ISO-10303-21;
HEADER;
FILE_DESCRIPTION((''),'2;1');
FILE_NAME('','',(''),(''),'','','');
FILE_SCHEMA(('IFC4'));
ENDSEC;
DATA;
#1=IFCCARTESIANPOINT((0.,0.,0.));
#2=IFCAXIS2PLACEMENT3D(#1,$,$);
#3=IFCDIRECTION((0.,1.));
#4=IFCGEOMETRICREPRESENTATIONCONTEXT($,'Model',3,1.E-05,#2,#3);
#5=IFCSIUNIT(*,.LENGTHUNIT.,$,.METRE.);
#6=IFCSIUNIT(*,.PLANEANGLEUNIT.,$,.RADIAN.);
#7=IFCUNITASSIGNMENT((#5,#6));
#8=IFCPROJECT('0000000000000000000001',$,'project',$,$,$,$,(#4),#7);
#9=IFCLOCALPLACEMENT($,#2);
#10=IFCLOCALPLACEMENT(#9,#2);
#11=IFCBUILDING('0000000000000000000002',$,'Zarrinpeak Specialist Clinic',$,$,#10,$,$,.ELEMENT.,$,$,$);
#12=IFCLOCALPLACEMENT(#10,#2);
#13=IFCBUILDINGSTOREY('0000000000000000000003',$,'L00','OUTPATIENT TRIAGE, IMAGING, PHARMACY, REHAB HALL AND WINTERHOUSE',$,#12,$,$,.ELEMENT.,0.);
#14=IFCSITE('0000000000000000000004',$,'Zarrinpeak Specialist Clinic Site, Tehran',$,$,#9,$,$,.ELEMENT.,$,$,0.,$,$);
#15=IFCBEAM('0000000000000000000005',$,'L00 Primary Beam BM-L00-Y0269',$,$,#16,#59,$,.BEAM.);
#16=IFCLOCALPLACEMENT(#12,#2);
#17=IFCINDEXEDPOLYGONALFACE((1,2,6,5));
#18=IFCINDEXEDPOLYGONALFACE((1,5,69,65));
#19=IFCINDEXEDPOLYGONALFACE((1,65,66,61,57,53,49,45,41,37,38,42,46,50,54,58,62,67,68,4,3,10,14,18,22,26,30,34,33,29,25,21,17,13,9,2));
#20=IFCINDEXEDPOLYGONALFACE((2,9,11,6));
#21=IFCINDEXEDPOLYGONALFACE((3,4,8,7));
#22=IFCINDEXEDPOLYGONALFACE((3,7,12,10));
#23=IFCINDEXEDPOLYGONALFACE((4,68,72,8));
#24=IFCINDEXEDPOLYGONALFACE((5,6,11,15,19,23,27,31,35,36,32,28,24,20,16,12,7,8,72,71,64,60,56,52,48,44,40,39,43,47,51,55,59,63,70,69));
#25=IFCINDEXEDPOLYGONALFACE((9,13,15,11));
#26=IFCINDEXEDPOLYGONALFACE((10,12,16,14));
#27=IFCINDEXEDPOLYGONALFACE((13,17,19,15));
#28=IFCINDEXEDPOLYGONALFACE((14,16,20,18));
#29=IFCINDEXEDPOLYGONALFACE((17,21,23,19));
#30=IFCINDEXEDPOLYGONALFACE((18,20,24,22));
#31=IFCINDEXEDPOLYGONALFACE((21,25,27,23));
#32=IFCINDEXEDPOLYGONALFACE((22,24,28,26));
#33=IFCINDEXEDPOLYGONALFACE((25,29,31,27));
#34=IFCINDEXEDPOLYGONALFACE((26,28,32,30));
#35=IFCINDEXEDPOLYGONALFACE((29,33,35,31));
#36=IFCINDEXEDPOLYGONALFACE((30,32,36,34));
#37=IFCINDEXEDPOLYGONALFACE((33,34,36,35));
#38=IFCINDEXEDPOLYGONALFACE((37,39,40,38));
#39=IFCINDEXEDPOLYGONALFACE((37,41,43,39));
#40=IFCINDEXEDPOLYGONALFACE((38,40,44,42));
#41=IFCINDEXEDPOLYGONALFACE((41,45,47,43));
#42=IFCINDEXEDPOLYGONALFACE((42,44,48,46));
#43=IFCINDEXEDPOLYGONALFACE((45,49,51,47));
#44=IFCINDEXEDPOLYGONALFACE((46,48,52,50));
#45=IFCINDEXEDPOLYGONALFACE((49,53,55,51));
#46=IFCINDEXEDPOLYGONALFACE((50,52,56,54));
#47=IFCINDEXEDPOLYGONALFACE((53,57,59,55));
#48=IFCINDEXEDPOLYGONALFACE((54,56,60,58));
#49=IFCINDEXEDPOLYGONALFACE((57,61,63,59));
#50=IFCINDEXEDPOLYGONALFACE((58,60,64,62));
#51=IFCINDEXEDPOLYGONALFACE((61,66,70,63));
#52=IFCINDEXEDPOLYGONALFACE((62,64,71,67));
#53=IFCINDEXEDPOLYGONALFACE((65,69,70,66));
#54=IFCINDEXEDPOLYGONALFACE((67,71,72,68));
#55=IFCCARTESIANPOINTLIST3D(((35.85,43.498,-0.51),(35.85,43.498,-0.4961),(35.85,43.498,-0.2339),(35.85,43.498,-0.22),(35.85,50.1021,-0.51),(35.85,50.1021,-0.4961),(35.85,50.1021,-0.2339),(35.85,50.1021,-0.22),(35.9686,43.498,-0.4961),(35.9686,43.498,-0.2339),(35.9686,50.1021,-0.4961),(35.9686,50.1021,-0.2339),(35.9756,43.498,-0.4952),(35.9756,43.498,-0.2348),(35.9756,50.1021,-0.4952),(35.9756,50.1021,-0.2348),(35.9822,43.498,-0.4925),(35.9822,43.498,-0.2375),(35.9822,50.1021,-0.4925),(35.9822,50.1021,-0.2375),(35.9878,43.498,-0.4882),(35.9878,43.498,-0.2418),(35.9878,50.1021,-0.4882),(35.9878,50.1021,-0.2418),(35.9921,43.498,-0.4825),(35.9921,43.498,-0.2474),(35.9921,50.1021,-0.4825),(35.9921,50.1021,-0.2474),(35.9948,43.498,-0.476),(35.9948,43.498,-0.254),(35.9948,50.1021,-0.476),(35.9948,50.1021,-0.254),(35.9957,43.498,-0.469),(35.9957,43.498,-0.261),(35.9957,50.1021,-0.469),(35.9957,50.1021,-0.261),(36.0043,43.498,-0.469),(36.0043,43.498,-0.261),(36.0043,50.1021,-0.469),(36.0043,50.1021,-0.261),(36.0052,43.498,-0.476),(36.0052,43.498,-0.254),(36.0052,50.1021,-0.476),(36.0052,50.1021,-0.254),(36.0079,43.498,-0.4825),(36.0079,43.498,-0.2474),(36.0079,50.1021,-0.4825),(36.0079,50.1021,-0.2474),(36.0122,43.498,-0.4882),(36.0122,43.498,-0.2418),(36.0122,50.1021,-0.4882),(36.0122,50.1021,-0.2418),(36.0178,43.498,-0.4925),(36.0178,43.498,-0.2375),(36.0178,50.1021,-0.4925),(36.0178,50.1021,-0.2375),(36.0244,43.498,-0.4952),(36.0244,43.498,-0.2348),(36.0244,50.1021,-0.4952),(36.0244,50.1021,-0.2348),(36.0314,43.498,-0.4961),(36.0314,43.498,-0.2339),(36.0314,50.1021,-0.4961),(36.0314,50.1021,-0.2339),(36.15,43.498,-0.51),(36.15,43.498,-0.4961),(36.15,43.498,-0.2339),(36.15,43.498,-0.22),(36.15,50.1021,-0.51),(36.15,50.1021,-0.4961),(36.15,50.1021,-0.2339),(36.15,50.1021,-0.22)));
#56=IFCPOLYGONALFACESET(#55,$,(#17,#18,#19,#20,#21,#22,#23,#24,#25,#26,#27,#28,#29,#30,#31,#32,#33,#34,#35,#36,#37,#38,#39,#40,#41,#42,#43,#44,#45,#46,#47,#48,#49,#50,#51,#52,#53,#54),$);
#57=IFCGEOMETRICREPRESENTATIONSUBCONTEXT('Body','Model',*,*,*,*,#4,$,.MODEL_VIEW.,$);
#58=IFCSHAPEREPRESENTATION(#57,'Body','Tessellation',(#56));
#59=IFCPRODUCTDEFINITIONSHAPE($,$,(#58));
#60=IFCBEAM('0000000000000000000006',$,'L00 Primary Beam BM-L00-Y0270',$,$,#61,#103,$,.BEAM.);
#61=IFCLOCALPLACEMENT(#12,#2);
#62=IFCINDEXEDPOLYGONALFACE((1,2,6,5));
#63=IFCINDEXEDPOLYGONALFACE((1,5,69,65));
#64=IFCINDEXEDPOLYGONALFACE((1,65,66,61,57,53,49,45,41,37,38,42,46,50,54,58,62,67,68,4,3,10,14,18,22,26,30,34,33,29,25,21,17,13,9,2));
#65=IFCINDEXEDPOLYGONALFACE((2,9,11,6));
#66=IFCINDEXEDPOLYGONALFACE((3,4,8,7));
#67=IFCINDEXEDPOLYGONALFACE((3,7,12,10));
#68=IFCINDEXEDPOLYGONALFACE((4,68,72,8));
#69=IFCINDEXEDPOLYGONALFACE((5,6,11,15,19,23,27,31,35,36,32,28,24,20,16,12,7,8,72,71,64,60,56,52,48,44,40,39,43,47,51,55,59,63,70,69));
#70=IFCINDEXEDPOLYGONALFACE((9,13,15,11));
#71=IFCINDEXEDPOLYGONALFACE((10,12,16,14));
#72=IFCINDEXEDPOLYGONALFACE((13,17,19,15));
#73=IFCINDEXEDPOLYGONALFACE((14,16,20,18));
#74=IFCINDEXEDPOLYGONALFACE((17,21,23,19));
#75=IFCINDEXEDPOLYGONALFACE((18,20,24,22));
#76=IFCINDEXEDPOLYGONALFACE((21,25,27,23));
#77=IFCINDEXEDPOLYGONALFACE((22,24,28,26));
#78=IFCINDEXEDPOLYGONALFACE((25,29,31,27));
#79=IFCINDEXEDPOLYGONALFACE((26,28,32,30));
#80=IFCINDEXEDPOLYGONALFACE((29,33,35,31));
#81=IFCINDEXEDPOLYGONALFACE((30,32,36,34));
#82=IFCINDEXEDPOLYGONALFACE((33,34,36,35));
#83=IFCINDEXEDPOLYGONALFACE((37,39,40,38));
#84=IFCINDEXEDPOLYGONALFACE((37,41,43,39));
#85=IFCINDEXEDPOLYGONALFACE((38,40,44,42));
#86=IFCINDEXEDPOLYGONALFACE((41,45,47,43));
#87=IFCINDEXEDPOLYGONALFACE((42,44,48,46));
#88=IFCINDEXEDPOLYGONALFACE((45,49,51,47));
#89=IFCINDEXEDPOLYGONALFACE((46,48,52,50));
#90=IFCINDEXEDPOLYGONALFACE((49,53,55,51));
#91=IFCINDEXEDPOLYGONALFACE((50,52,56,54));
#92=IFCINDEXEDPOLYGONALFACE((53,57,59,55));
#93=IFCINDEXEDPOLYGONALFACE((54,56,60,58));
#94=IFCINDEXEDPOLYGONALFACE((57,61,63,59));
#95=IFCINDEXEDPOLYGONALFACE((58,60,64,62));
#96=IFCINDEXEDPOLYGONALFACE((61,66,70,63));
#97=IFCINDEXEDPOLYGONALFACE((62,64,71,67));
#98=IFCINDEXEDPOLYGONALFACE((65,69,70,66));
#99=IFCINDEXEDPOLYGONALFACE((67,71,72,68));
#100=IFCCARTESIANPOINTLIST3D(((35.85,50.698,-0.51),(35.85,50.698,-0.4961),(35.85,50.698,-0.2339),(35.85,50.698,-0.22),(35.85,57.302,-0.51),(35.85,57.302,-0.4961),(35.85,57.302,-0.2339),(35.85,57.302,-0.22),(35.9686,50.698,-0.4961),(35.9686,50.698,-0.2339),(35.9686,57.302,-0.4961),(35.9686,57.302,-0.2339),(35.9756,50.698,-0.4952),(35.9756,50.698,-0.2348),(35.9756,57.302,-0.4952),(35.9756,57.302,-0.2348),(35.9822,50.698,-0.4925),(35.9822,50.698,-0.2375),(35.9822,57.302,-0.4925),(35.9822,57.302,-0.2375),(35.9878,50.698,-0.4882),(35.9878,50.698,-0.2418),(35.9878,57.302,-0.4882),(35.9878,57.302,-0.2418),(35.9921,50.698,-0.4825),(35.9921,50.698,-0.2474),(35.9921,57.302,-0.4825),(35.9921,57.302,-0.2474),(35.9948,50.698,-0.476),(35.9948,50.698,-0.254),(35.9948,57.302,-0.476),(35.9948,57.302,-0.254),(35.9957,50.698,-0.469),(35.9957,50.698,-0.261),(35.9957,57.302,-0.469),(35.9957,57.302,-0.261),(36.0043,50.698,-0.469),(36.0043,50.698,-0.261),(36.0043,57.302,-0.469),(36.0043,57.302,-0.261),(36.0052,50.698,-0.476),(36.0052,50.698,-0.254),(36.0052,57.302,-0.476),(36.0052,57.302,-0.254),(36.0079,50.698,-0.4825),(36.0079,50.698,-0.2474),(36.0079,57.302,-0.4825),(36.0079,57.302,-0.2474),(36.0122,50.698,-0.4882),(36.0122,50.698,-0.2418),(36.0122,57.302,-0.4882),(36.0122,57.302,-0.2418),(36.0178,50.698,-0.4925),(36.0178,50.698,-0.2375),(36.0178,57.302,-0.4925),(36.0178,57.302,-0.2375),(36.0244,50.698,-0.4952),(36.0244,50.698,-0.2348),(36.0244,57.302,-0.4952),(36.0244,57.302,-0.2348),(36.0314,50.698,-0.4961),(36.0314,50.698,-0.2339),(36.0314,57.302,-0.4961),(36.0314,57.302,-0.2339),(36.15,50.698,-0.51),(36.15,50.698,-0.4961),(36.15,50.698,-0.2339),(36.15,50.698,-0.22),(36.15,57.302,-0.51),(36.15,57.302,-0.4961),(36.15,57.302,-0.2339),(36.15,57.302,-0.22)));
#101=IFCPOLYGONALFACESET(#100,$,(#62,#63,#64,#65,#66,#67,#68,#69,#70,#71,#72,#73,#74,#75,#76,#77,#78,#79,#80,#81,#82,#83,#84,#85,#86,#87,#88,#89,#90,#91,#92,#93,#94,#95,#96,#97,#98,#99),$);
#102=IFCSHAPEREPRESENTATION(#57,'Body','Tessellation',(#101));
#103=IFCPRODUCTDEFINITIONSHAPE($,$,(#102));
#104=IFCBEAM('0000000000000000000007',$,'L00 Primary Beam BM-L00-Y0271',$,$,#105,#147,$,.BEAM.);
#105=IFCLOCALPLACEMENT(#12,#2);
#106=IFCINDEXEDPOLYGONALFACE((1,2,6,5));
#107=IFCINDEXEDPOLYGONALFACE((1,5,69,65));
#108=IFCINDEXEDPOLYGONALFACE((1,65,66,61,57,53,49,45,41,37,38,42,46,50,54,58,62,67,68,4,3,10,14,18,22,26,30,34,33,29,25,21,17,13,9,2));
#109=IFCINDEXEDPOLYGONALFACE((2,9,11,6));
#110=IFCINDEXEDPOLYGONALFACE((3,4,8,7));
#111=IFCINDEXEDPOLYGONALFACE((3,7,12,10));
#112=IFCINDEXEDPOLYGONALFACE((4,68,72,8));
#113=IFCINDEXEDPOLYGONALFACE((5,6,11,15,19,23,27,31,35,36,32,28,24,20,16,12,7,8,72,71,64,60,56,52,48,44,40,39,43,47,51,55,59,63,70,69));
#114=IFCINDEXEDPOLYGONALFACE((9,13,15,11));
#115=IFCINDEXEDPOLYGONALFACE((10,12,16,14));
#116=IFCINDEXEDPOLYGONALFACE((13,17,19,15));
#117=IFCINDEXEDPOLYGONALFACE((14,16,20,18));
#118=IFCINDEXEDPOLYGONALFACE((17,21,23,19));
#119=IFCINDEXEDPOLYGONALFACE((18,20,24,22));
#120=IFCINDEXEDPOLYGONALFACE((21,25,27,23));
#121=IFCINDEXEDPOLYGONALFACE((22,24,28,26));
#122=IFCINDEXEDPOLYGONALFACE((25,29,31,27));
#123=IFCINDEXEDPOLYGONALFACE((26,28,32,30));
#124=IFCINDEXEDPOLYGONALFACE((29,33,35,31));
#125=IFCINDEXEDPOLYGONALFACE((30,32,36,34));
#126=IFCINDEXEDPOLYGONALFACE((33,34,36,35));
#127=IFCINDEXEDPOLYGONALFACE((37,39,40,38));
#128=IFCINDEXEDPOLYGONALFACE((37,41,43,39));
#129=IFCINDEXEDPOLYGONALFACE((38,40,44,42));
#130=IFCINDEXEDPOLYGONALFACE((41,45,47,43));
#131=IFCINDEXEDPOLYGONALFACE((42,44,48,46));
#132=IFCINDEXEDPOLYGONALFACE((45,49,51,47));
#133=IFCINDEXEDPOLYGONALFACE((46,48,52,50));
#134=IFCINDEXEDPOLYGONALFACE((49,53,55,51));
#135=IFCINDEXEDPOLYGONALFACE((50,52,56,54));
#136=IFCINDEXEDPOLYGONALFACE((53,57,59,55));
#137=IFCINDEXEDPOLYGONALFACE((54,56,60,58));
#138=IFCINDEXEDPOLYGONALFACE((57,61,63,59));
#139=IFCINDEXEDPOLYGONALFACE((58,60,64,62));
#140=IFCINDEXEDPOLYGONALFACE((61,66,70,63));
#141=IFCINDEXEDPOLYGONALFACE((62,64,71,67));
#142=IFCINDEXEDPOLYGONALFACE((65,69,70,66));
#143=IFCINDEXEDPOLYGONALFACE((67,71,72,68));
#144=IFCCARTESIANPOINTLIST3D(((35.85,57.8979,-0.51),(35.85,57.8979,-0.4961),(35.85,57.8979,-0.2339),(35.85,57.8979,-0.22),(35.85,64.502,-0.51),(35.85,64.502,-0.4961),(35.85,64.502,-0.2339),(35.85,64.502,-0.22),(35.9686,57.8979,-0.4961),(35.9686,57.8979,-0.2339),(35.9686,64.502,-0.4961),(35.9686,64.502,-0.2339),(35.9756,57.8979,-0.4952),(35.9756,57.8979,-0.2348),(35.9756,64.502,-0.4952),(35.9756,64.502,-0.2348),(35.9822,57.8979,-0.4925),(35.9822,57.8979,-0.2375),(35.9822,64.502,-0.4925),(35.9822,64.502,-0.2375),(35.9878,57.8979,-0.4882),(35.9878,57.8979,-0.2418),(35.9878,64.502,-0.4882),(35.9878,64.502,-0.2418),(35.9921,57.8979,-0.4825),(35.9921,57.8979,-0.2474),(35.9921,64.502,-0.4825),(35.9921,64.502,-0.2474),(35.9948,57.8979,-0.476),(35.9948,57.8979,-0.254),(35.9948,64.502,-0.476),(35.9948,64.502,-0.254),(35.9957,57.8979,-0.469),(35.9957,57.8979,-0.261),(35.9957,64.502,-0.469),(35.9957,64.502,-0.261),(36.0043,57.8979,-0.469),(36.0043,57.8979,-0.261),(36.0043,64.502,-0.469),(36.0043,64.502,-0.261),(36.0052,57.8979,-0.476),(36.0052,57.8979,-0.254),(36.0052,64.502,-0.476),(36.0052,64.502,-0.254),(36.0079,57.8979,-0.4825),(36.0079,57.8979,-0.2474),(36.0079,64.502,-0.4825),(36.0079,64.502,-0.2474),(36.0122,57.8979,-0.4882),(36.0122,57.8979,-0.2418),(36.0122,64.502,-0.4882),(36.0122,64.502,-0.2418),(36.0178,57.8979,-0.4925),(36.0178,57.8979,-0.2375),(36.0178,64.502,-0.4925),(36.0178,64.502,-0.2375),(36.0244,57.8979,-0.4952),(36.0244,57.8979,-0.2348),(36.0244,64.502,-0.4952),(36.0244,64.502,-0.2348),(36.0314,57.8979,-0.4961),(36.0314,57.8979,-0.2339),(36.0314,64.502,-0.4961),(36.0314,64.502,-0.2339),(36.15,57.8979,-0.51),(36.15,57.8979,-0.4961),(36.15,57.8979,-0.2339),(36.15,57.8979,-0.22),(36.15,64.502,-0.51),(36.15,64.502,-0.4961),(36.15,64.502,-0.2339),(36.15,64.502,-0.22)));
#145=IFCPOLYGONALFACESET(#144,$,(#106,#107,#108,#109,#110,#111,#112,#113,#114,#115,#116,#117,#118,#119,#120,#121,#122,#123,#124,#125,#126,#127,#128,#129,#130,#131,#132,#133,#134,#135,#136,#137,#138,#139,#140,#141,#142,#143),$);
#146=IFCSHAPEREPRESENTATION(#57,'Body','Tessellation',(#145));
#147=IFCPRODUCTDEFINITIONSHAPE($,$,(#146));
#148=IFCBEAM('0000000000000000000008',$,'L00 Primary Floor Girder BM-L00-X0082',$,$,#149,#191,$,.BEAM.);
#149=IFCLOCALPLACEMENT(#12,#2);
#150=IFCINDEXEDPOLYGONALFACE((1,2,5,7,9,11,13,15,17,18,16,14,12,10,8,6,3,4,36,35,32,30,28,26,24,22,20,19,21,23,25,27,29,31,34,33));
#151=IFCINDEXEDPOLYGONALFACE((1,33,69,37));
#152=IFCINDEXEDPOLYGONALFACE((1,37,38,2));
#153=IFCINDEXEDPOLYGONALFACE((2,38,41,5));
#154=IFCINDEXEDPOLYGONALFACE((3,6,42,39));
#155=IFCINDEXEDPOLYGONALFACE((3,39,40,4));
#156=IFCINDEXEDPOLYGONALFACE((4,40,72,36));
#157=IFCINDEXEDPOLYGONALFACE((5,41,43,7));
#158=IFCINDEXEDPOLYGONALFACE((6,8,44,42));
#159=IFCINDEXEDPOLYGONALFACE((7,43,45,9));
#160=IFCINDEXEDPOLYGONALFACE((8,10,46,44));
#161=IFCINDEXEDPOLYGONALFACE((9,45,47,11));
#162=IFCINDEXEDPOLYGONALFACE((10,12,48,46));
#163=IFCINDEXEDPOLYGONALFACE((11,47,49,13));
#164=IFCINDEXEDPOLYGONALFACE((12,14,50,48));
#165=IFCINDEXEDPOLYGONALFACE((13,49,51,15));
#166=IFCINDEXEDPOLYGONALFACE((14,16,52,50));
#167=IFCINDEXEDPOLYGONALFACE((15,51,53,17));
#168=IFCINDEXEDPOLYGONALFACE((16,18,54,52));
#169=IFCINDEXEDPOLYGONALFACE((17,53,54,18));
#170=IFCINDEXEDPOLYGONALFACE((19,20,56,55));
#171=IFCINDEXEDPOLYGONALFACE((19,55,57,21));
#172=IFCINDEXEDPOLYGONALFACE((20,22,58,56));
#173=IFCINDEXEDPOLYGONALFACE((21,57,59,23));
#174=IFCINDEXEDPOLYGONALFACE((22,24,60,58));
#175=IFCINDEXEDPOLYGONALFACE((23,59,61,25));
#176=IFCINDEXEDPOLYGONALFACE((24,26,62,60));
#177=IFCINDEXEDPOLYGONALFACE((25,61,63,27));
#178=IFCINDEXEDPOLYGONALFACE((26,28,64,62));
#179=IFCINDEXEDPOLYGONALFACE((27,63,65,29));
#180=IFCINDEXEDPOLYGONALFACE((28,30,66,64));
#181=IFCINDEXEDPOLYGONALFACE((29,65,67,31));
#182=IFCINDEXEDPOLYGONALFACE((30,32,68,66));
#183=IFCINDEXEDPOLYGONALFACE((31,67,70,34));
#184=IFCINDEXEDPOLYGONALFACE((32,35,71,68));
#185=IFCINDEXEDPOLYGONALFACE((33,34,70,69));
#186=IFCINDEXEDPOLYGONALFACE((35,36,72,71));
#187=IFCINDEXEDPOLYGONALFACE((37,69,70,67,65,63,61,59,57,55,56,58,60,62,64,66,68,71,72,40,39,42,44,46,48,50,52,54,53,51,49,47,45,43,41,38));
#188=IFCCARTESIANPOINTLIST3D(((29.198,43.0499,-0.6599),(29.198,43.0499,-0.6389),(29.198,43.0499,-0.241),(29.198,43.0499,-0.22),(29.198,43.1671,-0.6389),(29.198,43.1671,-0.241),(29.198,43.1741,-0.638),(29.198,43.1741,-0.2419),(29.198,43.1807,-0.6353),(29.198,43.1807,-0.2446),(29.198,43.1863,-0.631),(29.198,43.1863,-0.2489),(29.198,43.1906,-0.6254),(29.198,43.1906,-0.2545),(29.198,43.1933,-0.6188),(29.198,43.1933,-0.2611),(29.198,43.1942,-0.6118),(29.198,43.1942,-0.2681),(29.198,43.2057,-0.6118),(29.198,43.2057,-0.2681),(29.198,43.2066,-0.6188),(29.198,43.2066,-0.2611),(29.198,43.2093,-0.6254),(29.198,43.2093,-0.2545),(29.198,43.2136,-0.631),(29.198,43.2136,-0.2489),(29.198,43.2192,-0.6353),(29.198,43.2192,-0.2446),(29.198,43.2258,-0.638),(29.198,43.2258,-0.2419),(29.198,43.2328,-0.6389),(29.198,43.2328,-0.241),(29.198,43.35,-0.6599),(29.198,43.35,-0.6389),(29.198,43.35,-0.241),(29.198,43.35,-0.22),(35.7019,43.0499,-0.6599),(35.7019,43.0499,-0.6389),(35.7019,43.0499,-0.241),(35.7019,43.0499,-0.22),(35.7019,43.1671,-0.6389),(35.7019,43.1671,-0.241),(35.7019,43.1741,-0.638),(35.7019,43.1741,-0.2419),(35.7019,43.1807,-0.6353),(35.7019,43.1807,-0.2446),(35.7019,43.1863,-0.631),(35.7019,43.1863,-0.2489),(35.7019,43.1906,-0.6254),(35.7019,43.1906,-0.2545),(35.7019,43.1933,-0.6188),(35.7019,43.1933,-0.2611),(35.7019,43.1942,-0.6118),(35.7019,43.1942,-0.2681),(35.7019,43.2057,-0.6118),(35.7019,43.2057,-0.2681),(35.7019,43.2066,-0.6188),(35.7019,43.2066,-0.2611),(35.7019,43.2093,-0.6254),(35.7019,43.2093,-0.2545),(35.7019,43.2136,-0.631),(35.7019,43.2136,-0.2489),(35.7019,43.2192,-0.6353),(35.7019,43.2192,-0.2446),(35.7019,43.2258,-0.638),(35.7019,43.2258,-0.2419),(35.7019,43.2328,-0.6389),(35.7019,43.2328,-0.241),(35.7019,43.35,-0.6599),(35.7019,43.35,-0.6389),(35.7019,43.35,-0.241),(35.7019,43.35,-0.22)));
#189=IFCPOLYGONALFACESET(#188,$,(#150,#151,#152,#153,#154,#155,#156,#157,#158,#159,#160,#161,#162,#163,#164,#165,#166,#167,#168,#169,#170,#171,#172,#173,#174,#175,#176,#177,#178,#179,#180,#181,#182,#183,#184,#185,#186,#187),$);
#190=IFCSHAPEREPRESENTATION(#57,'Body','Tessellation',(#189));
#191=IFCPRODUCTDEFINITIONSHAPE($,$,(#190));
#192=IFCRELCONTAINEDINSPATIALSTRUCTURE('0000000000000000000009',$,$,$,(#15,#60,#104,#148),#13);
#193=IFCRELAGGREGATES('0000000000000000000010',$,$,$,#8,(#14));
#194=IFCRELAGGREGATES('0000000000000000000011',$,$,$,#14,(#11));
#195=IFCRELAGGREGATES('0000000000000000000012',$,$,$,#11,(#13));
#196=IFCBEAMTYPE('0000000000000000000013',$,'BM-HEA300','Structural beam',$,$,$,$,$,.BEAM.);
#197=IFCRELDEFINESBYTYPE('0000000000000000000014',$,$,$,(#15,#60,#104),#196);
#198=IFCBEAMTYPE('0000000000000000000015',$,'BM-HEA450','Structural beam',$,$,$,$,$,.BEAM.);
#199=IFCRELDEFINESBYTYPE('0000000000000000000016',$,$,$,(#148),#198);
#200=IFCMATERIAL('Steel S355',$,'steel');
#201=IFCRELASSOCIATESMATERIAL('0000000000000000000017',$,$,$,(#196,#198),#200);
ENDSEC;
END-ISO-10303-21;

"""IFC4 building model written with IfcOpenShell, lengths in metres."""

from ifc_helpers import new_model, si_unit, direction, frame, origin, origin_2d, place, context, subcontext, project, spatial, i_section, extrude, material, material_profile, profile_set, type_object, element, save


model = new_model("IFC4")

# Units and contexts
model_context = context("Model", 3, precision=1e-05, world=origin(), true_north=direction((0.0, 1.0)))
body_context = subcontext(model_context, "Body", "Model", "MODEL_VIEW")
ifc_project = project(units=[si_unit("LENGTHUNIT", "METRE"), si_unit("PLANEANGLEUNIT", "RADIAN")], contexts=[model_context])

# Site, building, storey
site_placement = place(None, origin())
site = spatial("IfcSite", under=ifc_project, at=site_placement, Name="Zarrinpeak Specialist Clinic Site, Tehran", CompositionType="ELEMENT", RefElevation=0.0)
building_placement = place(site_placement, origin())
building = spatial("IfcBuilding", under=site, at=building_placement, Name="Zarrinpeak Specialist Clinic", CompositionType="ELEMENT")
storey_placement = place(building_placement, origin())
storey = spatial("IfcBuildingStorey", under=building, at=storey_placement, Name="L00", Description="OUTPATIENT TRIAGE, IMAGING, PHARMACY, REHAB HALL AND WINTERHOUSE", CompositionType="ELEMENT", Elevation=0.0)

# Beams
ifc_material_1 = material(Name="Steel S355", Category="steel")
ifc_material_profile_1 = material_profile(ifc_material_1, i_section(OverallWidth=0.3, OverallDepth=0.29, WebThickness=0.0085, FlangeThickness=0.0139, FilletRadius=0.0271, at=origin_2d()), Name="HEA 300")
ifc_profile_set_1 = profile_set([ifc_material_profile_1], Name="Steel S355")
beam_type_1 = type_object("IfcBeamType", Name="BM-HEA300", Description="Structural beam", PredefinedType="BEAM", material=ifc_profile_set_1)
for number, where, z_axis, x_axis, name in (
    (1, (36.0, 43.498, -0.365), (0.0, 1.0, 0.0), (-1.0, 0.0, 0.0), "L00 Primary Beam BM-L00-Y0269"),
    (2, (36.0, 50.698, -0.365), (0.0, 1.0, 0.0), (-1.0, 0.0, 0.0), "L00 Primary Beam BM-L00-Y0270"),
    (3, (36.0, 57.8979, -0.365), (0.0, 1.0, 0.0), (-1.0, 0.0, 0.0), "L00 Primary Beam BM-L00-Y0271"),
):
    element("IfcBeam", number, at=place(storey_placement, frame(where, z_axis=z_axis, x_axis=x_axis)), inside=storey, type_object=beam_type_1, Name=name, PredefinedType="BEAM", context=body_context, shape_type="SweptSolid", body=[
        extrude(i_section(OverallWidth=0.3, OverallDepth=0.29, WebThickness=0.0085, FlangeThickness=0.0139, FilletRadius=0.0271, at=origin_2d()), origin(), (0.0, 0.0, 1.0), 6.604),
    ])
ifc_material_profile_2 = material_profile(ifc_material_1, i_section(OverallWidth=0.3, OverallDepth=0.4399, WebThickness=0.0115, FlangeThickness=0.021, FilletRadius=0.0271, at=origin_2d()), Name="HEA 450")
ifc_profile_set_2 = profile_set([ifc_material_profile_2], Name="Steel S355")
beam_type_2 = type_object("IfcBeamType", Name="BM-HEA450", Description="Structural beam", PredefinedType="BEAM", material=ifc_profile_set_2)
beam_1_placement = place(storey_placement, frame((29.198, 43.2, -0.4399), z_axis=(1.0, 0.0, 0.0), x_axis=(0.0, 1.0, 0.0)))
element("IfcBeam", 4, at=beam_1_placement, inside=storey, type_object=beam_type_2, Name="L00 Primary Floor Girder BM-L00-X0082", PredefinedType="BEAM", context=body_context, shape_type="SweptSolid", body=[
    extrude(i_section(OverallWidth=0.3, OverallDepth=0.4399, WebThickness=0.0115, FlangeThickness=0.021, FilletRadius=0.0271, at=origin_2d()), origin(), (0.0, 0.0, 1.0), 6.5039),
])

save(model, "model.ifc")
